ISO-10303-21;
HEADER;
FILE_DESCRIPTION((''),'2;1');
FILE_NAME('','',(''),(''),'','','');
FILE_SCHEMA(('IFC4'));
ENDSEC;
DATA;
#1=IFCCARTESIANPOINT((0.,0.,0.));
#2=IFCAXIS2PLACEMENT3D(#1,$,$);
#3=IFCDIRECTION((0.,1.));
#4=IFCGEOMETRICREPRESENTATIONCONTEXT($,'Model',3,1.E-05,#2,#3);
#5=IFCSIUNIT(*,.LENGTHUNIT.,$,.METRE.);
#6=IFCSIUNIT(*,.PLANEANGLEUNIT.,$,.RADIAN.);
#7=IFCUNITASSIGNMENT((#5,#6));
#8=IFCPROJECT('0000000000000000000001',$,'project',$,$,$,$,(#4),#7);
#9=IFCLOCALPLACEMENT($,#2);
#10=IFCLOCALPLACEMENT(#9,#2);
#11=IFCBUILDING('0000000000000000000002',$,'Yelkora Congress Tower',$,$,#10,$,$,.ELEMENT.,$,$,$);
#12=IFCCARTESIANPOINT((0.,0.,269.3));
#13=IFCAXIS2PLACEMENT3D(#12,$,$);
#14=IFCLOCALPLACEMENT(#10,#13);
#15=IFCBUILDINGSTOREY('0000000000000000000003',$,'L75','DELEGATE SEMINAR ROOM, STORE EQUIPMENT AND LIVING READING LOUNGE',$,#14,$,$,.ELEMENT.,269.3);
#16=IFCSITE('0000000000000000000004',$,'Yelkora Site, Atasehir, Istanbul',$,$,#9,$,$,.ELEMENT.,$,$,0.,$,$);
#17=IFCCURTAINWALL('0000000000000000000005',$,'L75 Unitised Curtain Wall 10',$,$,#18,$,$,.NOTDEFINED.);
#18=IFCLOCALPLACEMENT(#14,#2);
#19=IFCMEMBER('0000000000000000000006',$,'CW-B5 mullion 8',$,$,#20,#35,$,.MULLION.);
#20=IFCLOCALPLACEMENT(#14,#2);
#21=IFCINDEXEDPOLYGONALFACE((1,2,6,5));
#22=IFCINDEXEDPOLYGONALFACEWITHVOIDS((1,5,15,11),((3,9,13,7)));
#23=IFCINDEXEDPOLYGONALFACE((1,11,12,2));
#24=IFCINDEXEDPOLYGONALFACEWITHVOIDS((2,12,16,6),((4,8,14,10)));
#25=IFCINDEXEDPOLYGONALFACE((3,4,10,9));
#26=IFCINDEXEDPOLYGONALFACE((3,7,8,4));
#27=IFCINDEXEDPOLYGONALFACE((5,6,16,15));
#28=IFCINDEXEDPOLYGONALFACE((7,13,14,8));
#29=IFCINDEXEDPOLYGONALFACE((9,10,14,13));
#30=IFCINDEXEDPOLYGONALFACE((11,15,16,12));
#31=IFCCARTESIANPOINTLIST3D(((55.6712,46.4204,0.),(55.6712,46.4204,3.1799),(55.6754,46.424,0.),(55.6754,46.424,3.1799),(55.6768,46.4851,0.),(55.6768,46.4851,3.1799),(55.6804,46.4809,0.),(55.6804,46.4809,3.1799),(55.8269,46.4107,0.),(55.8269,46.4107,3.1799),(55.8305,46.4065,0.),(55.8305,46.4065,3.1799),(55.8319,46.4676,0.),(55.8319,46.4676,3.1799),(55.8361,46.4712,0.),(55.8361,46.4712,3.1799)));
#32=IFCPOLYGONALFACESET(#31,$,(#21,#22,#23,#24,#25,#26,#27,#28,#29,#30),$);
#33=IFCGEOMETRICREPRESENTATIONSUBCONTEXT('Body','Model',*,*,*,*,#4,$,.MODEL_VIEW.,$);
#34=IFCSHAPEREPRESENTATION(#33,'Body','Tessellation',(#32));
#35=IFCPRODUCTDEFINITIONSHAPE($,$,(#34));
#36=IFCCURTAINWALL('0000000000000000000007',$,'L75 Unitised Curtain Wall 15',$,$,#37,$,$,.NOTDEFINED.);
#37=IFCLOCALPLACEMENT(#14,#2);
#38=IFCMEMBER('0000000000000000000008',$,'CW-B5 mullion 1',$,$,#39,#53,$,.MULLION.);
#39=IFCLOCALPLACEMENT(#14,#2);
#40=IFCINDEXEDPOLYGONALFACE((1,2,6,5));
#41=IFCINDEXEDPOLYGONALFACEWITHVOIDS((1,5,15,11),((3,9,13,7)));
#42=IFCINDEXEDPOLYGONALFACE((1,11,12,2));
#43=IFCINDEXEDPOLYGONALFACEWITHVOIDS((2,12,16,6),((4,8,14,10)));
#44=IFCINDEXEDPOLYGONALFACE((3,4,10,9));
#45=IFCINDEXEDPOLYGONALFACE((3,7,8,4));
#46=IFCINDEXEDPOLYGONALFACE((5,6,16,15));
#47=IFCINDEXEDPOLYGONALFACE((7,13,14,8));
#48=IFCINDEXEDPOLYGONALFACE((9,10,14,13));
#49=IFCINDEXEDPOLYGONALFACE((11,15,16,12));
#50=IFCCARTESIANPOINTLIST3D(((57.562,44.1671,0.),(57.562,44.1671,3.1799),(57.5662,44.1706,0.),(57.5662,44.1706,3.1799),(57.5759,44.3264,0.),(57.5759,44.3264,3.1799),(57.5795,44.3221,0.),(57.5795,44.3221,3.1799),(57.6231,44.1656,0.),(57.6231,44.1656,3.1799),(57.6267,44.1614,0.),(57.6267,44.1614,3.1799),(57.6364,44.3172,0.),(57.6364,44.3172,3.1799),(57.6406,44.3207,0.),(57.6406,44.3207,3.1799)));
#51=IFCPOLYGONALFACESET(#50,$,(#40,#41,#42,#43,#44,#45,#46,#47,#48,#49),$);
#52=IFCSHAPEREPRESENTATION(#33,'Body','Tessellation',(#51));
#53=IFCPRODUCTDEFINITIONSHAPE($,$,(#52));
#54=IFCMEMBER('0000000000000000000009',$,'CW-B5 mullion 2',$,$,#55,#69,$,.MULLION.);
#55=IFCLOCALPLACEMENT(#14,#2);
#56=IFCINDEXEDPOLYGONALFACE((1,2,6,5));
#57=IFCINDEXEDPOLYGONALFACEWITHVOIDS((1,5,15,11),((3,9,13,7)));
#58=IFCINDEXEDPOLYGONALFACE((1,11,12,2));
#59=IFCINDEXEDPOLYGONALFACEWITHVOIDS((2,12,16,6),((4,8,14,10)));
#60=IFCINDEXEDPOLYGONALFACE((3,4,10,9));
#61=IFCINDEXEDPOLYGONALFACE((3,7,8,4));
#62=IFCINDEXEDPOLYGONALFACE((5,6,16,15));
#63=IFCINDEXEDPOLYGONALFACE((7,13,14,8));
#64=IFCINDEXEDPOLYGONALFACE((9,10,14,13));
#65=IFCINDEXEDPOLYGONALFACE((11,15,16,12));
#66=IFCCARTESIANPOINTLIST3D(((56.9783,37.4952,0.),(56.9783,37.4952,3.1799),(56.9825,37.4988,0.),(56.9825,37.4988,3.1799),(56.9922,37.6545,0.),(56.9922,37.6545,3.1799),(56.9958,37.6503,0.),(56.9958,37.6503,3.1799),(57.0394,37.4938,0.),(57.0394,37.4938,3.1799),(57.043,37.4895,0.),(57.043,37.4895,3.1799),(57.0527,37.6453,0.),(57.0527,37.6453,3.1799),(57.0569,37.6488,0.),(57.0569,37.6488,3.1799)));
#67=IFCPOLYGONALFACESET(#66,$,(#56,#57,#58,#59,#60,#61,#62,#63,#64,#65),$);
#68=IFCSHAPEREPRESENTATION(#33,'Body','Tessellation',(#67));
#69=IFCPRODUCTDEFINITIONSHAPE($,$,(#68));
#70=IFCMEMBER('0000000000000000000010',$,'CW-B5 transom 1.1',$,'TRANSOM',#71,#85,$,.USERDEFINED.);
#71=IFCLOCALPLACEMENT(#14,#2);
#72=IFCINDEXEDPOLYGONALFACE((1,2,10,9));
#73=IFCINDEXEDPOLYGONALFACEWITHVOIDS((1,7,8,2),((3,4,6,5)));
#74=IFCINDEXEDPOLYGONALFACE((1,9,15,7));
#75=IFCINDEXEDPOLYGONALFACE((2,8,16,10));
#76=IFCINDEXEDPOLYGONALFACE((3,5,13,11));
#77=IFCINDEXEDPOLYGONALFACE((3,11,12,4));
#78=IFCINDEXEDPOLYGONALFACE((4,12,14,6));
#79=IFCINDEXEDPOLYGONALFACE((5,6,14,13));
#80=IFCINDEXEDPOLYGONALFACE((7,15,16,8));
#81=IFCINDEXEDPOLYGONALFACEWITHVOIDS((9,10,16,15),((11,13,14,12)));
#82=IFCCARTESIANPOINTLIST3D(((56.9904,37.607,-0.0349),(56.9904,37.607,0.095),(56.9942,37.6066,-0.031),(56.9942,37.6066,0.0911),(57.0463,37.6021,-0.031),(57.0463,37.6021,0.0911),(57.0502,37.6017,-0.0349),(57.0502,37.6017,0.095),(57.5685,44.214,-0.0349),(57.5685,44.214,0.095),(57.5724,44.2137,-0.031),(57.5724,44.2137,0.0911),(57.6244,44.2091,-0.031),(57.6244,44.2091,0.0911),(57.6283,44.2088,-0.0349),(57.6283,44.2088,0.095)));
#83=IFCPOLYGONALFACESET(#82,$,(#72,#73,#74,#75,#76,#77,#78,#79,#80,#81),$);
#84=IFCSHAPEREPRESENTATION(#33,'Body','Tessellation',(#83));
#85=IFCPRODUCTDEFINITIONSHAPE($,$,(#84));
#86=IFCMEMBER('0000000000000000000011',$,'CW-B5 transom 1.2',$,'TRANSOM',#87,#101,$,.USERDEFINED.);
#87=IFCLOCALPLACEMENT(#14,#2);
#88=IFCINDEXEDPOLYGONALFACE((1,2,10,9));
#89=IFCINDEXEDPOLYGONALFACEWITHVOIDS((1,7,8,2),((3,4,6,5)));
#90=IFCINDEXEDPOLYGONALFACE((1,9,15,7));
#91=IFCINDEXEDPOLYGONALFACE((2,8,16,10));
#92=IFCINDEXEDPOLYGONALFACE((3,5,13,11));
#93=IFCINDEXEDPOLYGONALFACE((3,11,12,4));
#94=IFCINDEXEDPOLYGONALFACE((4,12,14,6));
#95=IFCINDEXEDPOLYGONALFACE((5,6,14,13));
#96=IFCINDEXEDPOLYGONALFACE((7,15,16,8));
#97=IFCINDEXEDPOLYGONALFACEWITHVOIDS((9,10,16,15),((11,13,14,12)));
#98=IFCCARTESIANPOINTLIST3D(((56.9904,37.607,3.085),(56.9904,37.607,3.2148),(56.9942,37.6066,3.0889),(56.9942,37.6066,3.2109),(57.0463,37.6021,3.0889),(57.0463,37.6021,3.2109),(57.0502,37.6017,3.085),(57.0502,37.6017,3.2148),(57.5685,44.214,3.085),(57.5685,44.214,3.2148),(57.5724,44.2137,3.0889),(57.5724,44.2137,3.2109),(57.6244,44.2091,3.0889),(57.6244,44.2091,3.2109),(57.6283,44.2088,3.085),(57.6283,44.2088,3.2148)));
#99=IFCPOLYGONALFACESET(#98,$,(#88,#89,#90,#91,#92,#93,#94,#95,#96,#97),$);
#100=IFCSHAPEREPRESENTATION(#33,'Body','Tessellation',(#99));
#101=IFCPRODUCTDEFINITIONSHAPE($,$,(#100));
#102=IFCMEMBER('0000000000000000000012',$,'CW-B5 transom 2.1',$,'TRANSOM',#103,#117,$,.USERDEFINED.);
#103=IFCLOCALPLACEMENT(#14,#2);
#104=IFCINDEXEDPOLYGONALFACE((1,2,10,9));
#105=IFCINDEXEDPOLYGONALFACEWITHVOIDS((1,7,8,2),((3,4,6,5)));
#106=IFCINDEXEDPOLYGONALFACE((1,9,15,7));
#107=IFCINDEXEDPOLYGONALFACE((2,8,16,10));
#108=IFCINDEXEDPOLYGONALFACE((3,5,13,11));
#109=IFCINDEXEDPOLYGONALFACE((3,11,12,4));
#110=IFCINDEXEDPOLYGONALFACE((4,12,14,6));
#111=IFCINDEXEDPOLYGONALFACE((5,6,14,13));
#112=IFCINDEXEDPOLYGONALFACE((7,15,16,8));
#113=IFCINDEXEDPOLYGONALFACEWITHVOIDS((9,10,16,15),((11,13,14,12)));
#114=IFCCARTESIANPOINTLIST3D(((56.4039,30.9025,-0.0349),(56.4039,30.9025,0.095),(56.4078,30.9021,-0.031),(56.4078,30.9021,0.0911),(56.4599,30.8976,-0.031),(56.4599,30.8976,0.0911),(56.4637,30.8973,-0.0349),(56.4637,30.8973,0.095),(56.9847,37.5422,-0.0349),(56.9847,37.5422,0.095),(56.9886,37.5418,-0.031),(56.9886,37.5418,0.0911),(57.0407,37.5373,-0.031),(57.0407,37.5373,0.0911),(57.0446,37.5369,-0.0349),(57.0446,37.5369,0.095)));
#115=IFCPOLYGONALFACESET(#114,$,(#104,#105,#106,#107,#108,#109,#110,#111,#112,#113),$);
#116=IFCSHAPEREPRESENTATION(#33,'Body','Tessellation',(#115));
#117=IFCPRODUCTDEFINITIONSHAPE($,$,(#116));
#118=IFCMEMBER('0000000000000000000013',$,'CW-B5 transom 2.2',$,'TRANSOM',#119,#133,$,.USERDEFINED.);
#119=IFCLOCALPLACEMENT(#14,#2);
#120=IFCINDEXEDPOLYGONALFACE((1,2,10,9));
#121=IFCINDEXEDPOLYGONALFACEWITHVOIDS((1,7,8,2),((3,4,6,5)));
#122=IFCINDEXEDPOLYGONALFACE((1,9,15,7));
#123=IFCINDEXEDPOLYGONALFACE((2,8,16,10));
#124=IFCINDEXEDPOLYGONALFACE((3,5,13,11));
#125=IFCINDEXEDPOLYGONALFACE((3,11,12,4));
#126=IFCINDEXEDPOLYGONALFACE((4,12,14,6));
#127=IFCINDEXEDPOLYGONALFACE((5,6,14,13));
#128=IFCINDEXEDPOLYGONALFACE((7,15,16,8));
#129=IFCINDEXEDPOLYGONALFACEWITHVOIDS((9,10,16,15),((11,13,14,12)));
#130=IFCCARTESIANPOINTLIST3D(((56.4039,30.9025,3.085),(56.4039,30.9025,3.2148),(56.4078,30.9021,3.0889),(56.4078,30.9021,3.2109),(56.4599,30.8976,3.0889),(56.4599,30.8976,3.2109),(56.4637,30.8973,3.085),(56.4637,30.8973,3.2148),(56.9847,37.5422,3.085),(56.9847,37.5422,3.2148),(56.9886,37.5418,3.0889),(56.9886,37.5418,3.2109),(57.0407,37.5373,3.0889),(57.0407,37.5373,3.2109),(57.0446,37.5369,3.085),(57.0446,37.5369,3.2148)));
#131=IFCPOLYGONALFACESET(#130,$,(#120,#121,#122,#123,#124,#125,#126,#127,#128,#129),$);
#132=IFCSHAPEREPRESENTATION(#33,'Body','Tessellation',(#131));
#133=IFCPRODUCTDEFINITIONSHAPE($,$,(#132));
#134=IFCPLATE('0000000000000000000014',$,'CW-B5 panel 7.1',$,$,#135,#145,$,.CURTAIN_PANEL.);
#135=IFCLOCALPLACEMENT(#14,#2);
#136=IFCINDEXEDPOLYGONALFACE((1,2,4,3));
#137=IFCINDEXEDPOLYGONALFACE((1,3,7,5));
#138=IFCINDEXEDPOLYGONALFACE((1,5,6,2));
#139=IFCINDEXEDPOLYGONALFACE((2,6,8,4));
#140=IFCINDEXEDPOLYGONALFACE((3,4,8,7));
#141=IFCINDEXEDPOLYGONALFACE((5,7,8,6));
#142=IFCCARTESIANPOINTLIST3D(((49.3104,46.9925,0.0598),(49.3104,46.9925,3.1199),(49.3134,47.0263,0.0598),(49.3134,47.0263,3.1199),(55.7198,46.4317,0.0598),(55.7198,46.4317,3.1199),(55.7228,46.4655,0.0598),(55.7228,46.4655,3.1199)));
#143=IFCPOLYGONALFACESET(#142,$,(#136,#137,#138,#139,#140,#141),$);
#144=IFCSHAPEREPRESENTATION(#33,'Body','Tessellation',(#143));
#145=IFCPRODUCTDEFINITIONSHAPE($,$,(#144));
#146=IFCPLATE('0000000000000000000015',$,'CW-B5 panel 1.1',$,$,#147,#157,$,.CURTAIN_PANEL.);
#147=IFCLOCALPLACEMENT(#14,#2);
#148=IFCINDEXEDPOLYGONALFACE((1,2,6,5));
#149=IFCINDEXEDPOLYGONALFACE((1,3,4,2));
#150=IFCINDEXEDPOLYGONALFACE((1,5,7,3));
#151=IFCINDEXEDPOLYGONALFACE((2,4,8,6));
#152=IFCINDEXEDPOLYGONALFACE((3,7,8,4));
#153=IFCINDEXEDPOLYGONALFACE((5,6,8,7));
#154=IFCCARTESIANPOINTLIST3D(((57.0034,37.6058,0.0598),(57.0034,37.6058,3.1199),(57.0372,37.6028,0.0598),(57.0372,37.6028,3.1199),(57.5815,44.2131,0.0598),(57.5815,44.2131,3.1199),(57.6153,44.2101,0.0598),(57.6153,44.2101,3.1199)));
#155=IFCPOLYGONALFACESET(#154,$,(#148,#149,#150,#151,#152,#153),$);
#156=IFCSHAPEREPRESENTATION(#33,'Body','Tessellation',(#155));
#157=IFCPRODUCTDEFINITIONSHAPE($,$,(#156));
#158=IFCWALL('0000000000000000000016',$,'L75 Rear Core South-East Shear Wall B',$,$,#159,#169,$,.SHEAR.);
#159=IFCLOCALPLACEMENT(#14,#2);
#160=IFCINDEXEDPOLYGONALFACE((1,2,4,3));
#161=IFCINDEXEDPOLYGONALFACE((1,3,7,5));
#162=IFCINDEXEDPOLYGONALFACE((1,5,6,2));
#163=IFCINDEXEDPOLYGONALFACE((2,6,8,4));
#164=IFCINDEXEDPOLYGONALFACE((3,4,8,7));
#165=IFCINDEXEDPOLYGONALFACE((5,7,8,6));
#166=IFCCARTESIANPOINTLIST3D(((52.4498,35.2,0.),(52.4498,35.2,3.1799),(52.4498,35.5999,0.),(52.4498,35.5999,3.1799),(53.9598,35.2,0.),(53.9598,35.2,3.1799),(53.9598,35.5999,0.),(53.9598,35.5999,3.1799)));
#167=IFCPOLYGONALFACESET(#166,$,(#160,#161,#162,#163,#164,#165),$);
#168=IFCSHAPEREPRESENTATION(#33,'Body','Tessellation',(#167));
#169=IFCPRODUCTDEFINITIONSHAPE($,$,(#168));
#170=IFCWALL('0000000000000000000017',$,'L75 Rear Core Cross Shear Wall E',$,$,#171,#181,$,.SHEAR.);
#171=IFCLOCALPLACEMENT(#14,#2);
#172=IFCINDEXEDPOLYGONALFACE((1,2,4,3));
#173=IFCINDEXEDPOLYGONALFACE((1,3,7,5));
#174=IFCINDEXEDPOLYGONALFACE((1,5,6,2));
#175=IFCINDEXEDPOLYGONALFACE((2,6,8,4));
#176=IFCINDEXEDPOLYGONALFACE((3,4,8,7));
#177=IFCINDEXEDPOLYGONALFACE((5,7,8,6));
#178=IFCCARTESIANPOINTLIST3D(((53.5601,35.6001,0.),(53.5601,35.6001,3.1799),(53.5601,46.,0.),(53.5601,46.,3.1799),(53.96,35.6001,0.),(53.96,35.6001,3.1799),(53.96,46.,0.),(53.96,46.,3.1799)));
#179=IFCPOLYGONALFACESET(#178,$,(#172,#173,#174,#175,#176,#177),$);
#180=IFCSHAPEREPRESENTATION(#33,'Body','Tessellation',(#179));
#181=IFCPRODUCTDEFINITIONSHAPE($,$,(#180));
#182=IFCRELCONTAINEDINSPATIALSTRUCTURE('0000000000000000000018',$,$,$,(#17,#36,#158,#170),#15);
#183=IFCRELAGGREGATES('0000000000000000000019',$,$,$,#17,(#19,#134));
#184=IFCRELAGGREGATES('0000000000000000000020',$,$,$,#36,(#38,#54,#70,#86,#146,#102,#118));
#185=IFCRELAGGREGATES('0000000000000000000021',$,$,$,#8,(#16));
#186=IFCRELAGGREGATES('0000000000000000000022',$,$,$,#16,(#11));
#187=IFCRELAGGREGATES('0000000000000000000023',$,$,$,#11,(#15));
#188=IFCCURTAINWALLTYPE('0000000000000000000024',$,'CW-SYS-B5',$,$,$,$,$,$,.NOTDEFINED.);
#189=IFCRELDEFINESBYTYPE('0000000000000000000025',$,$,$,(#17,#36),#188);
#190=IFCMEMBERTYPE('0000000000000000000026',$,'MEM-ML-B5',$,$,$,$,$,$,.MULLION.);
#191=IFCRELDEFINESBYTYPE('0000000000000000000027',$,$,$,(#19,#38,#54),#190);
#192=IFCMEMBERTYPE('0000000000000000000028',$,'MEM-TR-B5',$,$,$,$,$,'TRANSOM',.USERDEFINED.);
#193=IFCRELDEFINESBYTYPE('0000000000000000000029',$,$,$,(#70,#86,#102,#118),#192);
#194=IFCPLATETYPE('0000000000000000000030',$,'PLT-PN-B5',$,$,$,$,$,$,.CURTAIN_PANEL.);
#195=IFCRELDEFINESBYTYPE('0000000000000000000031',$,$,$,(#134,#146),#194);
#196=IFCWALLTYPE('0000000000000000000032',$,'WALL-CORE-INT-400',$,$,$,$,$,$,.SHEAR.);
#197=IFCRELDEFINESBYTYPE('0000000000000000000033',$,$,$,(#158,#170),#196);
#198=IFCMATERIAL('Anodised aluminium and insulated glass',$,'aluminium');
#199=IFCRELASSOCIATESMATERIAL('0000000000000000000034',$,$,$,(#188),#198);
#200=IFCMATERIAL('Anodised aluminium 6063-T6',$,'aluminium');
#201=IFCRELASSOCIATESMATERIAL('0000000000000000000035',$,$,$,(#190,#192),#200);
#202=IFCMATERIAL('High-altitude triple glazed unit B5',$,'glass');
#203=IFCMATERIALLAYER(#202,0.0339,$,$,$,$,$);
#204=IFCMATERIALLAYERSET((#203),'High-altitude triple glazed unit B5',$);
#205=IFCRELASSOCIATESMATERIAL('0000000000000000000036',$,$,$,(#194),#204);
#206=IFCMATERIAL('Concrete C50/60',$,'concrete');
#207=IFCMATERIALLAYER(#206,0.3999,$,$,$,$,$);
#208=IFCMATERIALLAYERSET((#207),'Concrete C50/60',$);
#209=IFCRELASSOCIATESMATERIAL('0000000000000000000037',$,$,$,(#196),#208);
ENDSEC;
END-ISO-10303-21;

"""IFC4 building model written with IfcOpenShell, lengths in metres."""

from ifc_helpers import new_model, si_unit, direction, frame, frame_2d, origin, origin_2d, place, context, subcontext, project, spatial, rectangle, hollow_rectangle, extrude, material, layer, layer_set, material_profile, profile_set, type_object, element, aggregate, save


model = new_model("IFC4")

# Units and contexts
model_context = context("Model", 3, precision=1e-05, world=origin(), true_north=direction((0.0, 1.0)))
body_context = subcontext(model_context, "Body", "Model", "MODEL_VIEW")
ifc_project = project(units=[si_unit("LENGTHUNIT", "METRE"), si_unit("PLANEANGLEUNIT", "RADIAN")], contexts=[model_context])

# Site, building, storey
site_placement = place(None, origin())
site = spatial("IfcSite", under=ifc_project, at=site_placement, Name="Yelkora Site, Atasehir, Istanbul", CompositionType="ELEMENT", RefElevation=0.0)
building_placement = place(site_placement, origin())
building = spatial("IfcBuilding", under=site, at=building_placement, Name="Yelkora Congress Tower", CompositionType="ELEMENT")
storey_placement = place(building_placement, frame((0.0, 0.0, 269.3)))
storey = spatial("IfcBuildingStorey", under=building, at=storey_placement, Name="L75", Description="DELEGATE SEMINAR ROOM, STORE EQUIPMENT AND LIVING READING LOUNGE", CompositionType="ELEMENT", Elevation=269.3)

# Curtain wall, member
ifc_material_1 = material(Name="Anodised aluminium and insulated glass", Category="aluminium")
curtain_wall_type = type_object("IfcCurtainWallType", Name="CW-SYS-B5", PredefinedType="NOTDEFINED", material=ifc_material_1)
curtain_wall_1_placement = place(storey_placement, origin())
curtain_wall_1 = element("IfcCurtainWall", 1, at=curtain_wall_1_placement, inside=storey, type_object=curtain_wall_type, Name="L75 Unitised Curtain Wall 10", PredefinedType="NOTDEFINED")
ifc_material_2 = material(Name="Anodised aluminium 6063-T6", Category="aluminium")
ifc_material_profile_1 = material_profile(ifc_material_2, hollow_rectangle(XDim=0.0649, YDim=0.1599, WallThickness=0.0039, at=origin_2d()), Name="ALU 65x160x4")
ifc_profile_set_1 = profile_set([ifc_material_profile_1], Name="Anodised aluminium 6063-T6")
member_type_1 = type_object("IfcMemberType", Name="MEM-ML-B5", PredefinedType="MULLION", material=ifc_profile_set_1)
member_1_placement = place(storey_placement, frame((55.7537, 46.4458, 0.0), z_axis=(0.0, 0.0, 1.0), x_axis=(0.087157, 0.996195, 0.0)))
member_1 = element("IfcMember", 2, at=member_1_placement, type_object=member_type_1, Name="CW-B5 mullion 8", PredefinedType="MULLION", context=body_context, shape_type="SweptSolid", body=[
    extrude(hollow_rectangle(XDim=0.0649, YDim=0.1599, WallThickness=0.0039, at=origin_2d()), origin(), (0.0, 0.0, 1.0), 3.1799),
])

# Curtain wall, members
curtain_wall_2_placement = place(storey_placement, origin())
curtain_wall_2 = element("IfcCurtainWall", 3, at=curtain_wall_2_placement, inside=storey, type_object=curtain_wall_type, Name="L75 Unitised Curtain Wall 15", PredefinedType="NOTDEFINED")
member_2_placement = place(storey_placement, frame((57.6013, 44.2439, 0.0), z_axis=(0.0, 0.0, 1.0), x_axis=(0.996194, -0.087158, 0.0)))
member_2 = element("IfcMember", 4, at=member_2_placement, type_object=member_type_1, Name="CW-B5 mullion 1", PredefinedType="MULLION", context=body_context, shape_type="SweptSolid", body=[
    extrude(hollow_rectangle(XDim=0.0649, YDim=0.1599, WallThickness=0.0039, at=origin_2d()), origin(), (0.0, 0.0, 1.0), 3.1799),
])
member_3_placement = place(storey_placement, frame((57.0176, 37.572, 0.0), z_axis=(0.0, 0.0, 1.0), x_axis=(0.996194, -0.087158, 0.0)))
member_3 = element("IfcMember", 5, at=member_3_placement, type_object=member_type_1, Name="CW-B5 mullion 2", PredefinedType="MULLION", context=body_context, shape_type="SweptSolid", body=[
    extrude(hollow_rectangle(XDim=0.0649, YDim=0.1599, WallThickness=0.0039, at=origin_2d()), origin(), (0.0, 0.0, 1.0), 3.1799),
])
ifc_material_profile_2 = material_profile(ifc_material_2, hollow_rectangle(XDim=0.0601, YDim=0.1299, WallThickness=0.0039, at=origin_2d()), Name="ALU 60x130x4")
ifc_profile_set_2 = profile_set([ifc_material_profile_2], Name="Anodised aluminium 6063-T6")
member_type_2 = type_object("IfcMemberType", Name="MEM-TR-B5", ElementType="TRANSOM", PredefinedType="USERDEFINED", material=ifc_profile_set_2)
member_4_placement = place(storey_placement, frame((57.5984, 44.2114, 0.03), z_axis=(-0.087166, -0.996194, 0.0), x_axis=(0.996194, -0.087166, 0.0)))
member_4 = element("IfcMember", 6, at=member_4_placement, type_object=member_type_2, Name="CW-B5 transom 1.1", ObjectType="TRANSOM", PredefinedType="USERDEFINED", context=body_context, shape_type="SweptSolid", body=[
    extrude(hollow_rectangle(XDim=0.0601, YDim=0.1299, WallThickness=0.0039, at=origin_2d()), origin(), (0.0, 0.0, 1.0), 6.6323),
])
member_5_placement = place(storey_placement, frame((57.5984, 44.2114, 3.1499), z_axis=(-0.087166, -0.996194, 0.0), x_axis=(0.996194, -0.087166, 0.0)))
member_5 = element("IfcMember", 7, at=member_5_placement, type_object=member_type_2, Name="CW-B5 transom 1.2", ObjectType="TRANSOM", PredefinedType="USERDEFINED", context=body_context, shape_type="SweptSolid", body=[
    extrude(hollow_rectangle(XDim=0.0601, YDim=0.1299, WallThickness=0.0039, at=origin_2d()), origin(), (0.0, 0.0, 1.0), 6.6323),
])
member_6_placement = place(storey_placement, frame((57.0146, 37.5396, 0.03), z_axis=(-0.087143, -0.996196, 0.0), x_axis=(0.996196, -0.087143, 0.0)))
member_6 = element("IfcMember", 8, at=member_6_placement, type_object=member_type_2, Name="CW-B5 transom 2.1", ObjectType="TRANSOM", PredefinedType="USERDEFINED", context=body_context, shape_type="SweptSolid", body=[
    extrude(hollow_rectangle(XDim=0.0601, YDim=0.1299, WallThickness=0.0039, at=origin_2d()), origin(), (0.0, 0.0, 1.0), 6.665),
])
member_7_placement = place(storey_placement, frame((57.0146, 37.5396, 3.1499), z_axis=(-0.087143, -0.996196, 0.0), x_axis=(0.996196, -0.087143, 0.0)))
member_7 = element("IfcMember", 9, at=member_7_placement, type_object=member_type_2, Name="CW-B5 transom 2.2", ObjectType="TRANSOM", PredefinedType="USERDEFINED", context=body_context, shape_type="SweptSolid", body=[
    extrude(hollow_rectangle(XDim=0.0601, YDim=0.1299, WallThickness=0.0039, at=origin_2d()), origin(), (0.0, 0.0, 1.0), 6.665),
])

# Plates
ifc_material_3 = material(Name="High-altitude triple glazed unit B5", Category="glass")
ifc_layer_1 = layer(ifc_material_3, 0.0339)
ifc_layer_set_1 = layer_set([ifc_layer_1], Name="High-altitude triple glazed unit B5")
plate_type = type_object("IfcPlateType", Name="PLT-PN-B5", PredefinedType="CURTAIN_PANEL", material=ifc_layer_set_1)
plate_1_placement = place(storey_placement, frame((52.5166, 46.729, 0.0598), z_axis=(0.0, 0.0, 1.0), x_axis=(0.996195, -0.087157, 0.0)))
plate_1 = element("IfcPlate", 10, at=plate_1_placement, type_object=plate_type, Name="CW-B5 panel 7.1", PredefinedType="CURTAIN_PANEL", context=body_context, shape_type="SweptSolid", body=[
    extrude(rectangle(XDim=6.4338, YDim=0.0339, at=origin_2d()), origin(), (0.0, 0.0, 1.0), 3.0601),
])
aggregate(curtain_wall_1, [member_1, plate_1])
plate_2_placement = place(storey_placement, frame((57.3093, 40.908, 0.0598), z_axis=(0.0, 0.0, 1.0), x_axis=(-0.087158, -0.996194, 0.0)))
plate_2 = element("IfcPlate", 11, at=plate_2_placement, type_object=plate_type, Name="CW-B5 panel 1.1", PredefinedType="CURTAIN_PANEL", context=body_context, shape_type="SweptSolid", body=[
    extrude(rectangle(XDim=6.6326, YDim=0.0339, at=origin_2d()), origin(), (0.0, 0.0, 1.0), 3.0601),
])
aggregate(curtain_wall_2, [member_2, member_3, member_4, member_5, plate_2, member_6, member_7])

# Walls
ifc_material_4 = material(Name="Concrete C50/60", Category="concrete")
ifc_layer_2 = layer(ifc_material_4, 0.3999)
ifc_layer_set_2 = layer_set([ifc_layer_2], Name="Concrete C50/60")
wall_type_1 = type_object("IfcWallType", Name="WALL-CORE-INT-400", PredefinedType="SHEAR", material=ifc_layer_set_2)
wall_1_placement = place(storey_placement, frame((52.45, 35.3999, 0.0), z_axis=(0.0, 0.0, 1.0), x_axis=(1.0, 0.0, 0.0)))
element("IfcWall", 12, at=wall_1_placement, inside=storey, type_object=wall_type_1, Name="L75 Rear Core South-East Shear Wall B", PredefinedType="SHEAR", context=body_context, shape_type="SweptSolid", body=[
    extrude(rectangle(XDim=1.51, YDim=0.3999, at=frame_2d((0.7549, 0.0))), origin(), (0.0, 0.0, 1.0), 3.1799),
])
wall_2_placement = place(storey_placement, frame((53.76, 35.6001, 0.0), z_axis=(0.0, 0.0, 1.0), x_axis=(0.0, 1.0, 0.0)))
element("IfcWall", 13, at=wall_2_placement, inside=storey, type_object=wall_type_1, Name="L75 Rear Core Cross Shear Wall E", PredefinedType="SHEAR", context=body_context, shape_type="SweptSolid", body=[
    extrude(rectangle(XDim=10.3999, YDim=0.3999, at=frame_2d((5.2, 0.0))), origin(), (0.0, 0.0, 1.0), 3.1799),
])

save(model, "model.ifc")
